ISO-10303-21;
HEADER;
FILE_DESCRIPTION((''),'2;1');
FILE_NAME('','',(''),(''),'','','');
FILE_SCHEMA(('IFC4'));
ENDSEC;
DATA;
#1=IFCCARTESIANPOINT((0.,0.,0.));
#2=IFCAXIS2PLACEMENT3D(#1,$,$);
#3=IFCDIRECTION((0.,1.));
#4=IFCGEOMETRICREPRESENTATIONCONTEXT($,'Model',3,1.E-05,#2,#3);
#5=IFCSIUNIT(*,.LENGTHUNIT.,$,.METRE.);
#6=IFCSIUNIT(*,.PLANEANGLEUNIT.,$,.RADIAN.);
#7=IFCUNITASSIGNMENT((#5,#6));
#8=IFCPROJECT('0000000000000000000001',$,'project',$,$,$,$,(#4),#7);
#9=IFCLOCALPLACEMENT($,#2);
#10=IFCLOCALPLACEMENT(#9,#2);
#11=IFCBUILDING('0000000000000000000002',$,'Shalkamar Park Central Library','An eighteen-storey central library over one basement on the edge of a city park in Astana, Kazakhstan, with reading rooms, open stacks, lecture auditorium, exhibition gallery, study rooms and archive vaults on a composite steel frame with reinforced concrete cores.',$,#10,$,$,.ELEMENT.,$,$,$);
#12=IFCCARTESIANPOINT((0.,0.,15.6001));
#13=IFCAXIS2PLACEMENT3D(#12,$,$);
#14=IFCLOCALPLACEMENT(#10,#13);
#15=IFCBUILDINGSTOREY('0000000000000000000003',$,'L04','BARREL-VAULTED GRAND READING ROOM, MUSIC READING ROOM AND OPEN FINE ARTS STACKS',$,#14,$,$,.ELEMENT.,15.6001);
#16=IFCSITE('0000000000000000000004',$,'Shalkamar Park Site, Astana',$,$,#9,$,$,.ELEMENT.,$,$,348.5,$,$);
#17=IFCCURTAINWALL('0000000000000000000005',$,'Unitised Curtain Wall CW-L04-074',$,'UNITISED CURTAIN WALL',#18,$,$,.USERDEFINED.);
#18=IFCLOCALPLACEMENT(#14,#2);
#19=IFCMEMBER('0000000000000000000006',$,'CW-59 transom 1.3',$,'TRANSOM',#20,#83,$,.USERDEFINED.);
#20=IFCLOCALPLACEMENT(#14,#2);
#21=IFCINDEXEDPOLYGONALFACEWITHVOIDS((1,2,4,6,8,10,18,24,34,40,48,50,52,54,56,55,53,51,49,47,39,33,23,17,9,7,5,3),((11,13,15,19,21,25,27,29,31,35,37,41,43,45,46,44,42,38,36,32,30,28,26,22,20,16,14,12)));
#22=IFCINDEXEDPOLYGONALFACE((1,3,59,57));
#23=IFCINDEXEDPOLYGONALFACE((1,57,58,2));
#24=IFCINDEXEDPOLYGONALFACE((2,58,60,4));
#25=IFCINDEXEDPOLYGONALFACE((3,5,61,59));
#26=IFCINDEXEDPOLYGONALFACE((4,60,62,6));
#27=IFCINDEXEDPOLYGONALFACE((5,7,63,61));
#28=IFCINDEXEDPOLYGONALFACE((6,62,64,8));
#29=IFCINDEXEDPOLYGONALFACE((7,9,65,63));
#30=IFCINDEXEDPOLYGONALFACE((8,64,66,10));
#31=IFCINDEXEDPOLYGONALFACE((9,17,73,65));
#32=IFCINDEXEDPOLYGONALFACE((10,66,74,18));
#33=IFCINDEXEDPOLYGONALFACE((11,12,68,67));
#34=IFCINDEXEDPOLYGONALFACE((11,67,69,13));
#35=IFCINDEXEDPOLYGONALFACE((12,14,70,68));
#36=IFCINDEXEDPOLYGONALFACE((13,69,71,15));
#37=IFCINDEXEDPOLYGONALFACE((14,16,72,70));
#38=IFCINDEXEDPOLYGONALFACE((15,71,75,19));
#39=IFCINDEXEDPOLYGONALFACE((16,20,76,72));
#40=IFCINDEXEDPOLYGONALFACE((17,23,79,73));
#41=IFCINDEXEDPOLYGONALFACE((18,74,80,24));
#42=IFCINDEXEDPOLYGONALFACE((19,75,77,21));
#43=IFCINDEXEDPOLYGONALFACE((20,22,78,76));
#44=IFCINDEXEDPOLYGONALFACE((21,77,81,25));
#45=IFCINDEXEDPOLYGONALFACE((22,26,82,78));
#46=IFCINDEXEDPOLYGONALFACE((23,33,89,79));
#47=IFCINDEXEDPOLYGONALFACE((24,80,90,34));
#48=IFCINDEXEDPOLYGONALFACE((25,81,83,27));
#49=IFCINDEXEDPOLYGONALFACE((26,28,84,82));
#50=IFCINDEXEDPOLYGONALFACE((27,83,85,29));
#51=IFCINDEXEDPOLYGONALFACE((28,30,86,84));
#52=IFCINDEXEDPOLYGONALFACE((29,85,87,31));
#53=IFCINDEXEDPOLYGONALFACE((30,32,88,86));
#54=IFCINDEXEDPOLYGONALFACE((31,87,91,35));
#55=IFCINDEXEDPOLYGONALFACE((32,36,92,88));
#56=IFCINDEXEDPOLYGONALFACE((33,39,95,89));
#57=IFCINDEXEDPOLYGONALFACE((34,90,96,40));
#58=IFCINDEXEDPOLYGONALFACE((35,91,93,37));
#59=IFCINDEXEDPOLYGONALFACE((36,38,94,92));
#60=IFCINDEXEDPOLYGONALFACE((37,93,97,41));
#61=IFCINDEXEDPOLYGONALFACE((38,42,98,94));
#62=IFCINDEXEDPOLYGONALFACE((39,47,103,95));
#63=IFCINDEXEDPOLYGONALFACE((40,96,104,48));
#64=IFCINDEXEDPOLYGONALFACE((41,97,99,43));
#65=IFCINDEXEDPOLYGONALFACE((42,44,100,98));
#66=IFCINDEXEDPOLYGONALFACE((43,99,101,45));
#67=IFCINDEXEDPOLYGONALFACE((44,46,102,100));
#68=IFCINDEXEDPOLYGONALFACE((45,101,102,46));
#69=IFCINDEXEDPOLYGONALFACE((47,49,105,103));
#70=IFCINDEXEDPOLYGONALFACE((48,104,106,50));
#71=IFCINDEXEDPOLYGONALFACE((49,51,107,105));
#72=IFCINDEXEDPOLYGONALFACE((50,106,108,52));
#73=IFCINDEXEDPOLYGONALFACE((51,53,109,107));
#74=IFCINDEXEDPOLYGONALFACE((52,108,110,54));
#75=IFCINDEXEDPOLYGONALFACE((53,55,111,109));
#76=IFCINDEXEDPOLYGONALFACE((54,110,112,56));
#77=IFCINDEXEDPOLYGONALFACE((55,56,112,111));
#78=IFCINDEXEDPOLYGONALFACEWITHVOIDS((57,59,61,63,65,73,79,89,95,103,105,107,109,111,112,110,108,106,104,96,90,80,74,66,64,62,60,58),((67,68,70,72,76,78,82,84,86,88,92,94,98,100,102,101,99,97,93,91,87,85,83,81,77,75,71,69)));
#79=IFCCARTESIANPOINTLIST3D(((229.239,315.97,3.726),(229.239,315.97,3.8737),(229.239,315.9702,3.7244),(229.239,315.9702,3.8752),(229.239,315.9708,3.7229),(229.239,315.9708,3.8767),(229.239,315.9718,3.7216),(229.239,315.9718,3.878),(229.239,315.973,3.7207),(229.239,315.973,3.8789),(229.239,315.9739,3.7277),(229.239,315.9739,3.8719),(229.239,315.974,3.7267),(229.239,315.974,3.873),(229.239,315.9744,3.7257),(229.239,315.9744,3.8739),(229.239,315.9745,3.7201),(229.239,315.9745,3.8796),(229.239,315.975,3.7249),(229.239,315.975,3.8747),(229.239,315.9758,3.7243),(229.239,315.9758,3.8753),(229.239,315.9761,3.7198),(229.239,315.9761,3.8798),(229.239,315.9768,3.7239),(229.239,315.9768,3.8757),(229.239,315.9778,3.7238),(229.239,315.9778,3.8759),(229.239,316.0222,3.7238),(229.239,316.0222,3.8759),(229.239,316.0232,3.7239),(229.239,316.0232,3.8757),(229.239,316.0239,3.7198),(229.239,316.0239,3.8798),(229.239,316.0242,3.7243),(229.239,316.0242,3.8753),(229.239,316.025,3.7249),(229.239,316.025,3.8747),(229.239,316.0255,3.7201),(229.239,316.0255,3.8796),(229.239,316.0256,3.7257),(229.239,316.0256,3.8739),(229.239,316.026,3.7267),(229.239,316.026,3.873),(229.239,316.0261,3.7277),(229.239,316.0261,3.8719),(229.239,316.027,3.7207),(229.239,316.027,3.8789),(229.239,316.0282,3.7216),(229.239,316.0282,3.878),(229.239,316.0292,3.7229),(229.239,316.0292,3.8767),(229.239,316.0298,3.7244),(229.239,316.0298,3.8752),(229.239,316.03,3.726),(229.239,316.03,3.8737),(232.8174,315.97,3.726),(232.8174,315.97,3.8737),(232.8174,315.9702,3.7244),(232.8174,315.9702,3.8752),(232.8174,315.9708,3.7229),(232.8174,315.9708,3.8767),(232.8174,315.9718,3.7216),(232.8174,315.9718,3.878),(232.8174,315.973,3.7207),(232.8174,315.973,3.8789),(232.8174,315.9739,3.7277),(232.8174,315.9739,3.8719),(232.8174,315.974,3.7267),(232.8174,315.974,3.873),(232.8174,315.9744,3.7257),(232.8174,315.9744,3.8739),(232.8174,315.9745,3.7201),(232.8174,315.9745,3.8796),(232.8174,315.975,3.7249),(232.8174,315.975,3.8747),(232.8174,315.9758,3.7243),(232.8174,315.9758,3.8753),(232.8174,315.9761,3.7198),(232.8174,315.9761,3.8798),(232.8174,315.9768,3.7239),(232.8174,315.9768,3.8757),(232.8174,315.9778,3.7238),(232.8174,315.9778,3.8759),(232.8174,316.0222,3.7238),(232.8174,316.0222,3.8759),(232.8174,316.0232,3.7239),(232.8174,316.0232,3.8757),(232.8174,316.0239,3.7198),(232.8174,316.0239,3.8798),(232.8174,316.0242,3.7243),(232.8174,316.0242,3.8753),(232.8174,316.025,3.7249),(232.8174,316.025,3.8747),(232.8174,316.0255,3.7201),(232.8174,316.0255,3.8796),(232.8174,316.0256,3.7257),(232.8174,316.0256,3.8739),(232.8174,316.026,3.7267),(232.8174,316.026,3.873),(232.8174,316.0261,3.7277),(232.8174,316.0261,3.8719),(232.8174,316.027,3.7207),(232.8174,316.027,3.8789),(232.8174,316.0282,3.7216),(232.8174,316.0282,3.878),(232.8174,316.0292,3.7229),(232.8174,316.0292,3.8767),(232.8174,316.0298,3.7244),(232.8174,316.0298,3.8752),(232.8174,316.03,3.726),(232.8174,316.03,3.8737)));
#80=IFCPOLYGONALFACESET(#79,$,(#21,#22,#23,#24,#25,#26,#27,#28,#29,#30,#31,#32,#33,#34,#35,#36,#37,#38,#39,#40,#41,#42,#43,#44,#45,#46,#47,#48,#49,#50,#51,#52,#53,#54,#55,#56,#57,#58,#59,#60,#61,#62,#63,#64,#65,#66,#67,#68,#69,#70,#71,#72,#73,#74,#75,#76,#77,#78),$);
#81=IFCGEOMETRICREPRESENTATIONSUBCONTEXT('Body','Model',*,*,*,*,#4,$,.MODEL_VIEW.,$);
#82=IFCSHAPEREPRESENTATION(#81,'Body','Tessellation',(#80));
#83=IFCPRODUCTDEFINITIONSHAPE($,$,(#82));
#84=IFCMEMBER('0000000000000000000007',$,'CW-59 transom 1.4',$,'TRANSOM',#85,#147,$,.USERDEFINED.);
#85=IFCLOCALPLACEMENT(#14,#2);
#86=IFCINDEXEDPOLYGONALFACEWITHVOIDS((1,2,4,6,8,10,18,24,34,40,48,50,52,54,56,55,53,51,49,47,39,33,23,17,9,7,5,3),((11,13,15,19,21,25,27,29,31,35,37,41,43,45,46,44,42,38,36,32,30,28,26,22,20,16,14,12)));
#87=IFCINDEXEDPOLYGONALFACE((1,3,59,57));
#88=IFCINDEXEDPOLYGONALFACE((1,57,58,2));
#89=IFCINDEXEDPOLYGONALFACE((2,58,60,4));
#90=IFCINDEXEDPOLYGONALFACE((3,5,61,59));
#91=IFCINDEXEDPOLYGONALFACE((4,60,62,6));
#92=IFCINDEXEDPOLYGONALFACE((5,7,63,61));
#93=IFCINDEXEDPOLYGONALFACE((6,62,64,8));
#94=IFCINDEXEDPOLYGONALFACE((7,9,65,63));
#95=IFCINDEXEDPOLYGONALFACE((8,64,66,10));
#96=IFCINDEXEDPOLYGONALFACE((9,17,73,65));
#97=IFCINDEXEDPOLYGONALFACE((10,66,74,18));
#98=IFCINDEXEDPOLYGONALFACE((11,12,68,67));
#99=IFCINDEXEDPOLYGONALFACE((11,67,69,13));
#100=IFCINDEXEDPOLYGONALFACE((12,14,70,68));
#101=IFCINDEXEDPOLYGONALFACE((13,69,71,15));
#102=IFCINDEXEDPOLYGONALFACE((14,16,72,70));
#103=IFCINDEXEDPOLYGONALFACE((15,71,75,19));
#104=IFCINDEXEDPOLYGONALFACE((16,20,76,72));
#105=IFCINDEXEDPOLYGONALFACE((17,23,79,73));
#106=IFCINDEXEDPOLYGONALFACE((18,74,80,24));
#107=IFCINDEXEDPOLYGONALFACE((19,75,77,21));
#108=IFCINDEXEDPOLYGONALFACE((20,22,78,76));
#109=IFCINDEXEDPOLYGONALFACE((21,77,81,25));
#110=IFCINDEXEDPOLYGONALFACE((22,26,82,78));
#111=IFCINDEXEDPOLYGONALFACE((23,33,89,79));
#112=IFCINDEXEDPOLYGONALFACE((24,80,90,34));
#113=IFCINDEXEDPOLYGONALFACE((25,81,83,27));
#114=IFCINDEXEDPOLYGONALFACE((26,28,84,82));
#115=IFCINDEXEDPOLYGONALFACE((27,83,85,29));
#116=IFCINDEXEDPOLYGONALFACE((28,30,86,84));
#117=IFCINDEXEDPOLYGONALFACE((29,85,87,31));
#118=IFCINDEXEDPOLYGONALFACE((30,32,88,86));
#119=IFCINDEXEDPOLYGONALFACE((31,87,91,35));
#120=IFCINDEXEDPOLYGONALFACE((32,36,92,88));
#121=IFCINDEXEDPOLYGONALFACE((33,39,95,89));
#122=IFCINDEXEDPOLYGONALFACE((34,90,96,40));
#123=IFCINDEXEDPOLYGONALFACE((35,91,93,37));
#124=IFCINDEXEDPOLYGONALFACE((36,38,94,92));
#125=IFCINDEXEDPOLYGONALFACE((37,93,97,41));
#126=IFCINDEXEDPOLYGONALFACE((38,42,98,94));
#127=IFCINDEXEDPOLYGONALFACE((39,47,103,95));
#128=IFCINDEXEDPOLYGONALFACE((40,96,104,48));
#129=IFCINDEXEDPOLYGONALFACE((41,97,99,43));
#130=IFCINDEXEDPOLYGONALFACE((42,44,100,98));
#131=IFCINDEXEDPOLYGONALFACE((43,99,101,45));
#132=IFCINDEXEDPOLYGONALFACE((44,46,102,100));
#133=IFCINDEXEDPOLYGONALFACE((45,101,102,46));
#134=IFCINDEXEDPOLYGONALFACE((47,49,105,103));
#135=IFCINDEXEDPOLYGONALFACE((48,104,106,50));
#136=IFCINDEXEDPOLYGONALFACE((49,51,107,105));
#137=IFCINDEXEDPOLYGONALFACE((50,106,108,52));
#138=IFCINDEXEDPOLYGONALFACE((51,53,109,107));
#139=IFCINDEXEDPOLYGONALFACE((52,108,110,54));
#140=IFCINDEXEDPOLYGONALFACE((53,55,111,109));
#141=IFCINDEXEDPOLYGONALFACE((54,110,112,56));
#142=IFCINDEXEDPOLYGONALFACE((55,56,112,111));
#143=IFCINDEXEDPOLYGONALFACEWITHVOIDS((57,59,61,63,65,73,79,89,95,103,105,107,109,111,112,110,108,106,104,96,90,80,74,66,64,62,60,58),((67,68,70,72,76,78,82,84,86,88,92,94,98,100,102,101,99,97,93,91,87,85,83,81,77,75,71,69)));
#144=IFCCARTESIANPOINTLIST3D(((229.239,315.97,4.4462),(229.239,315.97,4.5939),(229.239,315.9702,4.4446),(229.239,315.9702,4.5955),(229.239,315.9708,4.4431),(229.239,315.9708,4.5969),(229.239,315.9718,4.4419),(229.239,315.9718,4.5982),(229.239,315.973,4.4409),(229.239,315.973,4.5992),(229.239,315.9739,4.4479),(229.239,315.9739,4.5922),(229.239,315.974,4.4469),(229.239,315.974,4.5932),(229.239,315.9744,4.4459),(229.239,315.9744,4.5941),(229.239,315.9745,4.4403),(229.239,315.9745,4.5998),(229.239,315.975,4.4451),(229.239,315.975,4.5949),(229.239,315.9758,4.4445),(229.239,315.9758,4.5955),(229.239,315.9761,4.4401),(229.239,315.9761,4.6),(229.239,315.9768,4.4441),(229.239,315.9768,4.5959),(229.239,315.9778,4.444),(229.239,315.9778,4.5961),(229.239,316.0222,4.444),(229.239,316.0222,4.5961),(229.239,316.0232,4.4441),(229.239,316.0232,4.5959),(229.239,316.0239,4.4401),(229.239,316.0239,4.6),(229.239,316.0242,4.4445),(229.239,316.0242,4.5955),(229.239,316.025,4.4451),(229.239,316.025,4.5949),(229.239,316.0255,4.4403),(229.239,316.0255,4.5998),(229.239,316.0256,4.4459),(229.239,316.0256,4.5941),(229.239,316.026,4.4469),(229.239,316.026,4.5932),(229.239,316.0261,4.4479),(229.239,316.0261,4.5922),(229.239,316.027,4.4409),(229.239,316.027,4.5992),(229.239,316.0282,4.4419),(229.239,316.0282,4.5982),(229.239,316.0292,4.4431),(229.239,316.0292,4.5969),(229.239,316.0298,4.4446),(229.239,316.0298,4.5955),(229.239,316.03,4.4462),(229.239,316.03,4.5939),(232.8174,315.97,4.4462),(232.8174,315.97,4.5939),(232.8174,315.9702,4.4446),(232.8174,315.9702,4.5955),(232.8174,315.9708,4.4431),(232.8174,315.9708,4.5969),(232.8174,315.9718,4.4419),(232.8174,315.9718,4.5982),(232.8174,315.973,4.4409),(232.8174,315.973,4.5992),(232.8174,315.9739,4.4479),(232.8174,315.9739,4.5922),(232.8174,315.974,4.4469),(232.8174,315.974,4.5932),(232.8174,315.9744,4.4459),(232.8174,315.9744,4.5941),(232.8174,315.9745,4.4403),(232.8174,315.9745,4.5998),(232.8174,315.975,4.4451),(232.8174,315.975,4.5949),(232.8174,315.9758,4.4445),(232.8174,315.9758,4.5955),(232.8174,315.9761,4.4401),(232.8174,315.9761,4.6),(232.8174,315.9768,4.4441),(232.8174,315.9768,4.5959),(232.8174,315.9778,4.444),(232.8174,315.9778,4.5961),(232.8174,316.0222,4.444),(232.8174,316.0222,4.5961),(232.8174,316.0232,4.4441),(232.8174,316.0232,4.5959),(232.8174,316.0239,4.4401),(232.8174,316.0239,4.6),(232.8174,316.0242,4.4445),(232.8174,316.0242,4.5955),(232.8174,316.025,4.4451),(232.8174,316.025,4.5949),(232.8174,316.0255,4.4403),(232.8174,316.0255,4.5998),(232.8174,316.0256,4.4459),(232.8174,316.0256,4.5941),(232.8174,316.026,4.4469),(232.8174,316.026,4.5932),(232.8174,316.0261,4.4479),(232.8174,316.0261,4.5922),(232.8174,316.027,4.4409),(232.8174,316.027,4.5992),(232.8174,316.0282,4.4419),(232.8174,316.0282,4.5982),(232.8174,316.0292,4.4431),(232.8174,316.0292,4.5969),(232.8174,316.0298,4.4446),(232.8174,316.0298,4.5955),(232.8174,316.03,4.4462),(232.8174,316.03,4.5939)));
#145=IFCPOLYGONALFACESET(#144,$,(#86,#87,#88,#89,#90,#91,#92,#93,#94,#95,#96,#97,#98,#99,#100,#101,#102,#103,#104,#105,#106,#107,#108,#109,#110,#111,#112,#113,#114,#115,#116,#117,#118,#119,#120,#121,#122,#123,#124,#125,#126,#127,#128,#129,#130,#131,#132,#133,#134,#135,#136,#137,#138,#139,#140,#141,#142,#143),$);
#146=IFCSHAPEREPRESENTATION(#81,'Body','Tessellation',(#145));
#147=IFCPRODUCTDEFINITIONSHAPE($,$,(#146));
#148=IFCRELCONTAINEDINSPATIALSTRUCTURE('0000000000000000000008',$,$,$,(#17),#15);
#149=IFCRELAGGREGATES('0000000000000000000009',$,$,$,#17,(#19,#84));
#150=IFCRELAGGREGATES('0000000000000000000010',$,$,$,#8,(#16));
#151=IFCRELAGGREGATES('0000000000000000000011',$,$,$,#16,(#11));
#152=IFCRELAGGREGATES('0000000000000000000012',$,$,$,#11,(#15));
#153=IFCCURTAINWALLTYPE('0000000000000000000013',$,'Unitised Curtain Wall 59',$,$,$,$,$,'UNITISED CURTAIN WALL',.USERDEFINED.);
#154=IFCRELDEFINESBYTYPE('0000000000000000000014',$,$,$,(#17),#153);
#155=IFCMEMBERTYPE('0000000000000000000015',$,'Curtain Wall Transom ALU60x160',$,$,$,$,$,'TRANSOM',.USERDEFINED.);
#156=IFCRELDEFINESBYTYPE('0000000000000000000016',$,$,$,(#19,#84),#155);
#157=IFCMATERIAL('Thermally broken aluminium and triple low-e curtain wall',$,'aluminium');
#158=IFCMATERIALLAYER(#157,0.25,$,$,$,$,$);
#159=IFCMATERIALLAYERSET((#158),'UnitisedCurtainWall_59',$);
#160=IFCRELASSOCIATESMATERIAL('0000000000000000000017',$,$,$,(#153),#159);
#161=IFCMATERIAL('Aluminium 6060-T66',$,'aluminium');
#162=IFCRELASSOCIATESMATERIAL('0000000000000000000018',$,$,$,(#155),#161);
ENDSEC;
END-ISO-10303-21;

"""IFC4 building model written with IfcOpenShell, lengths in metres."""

from ifc_helpers import new_model, si_unit, direction, frame, origin, origin_2d, place, context, subcontext, project, spatial, hollow_rectangle, extrude, material, layer, layer_set, material_profile, profile_set, type_object, element, aggregate, save


model = new_model("IFC4")

# Units and contexts
model_context = context("Model", 3, precision=1e-05, world=origin(), true_north=direction((0.0, 1.0)))
body_context = subcontext(model_context, "Body", "Model", "MODEL_VIEW")
ifc_project = project(units=[si_unit("LENGTHUNIT", "METRE"), si_unit("PLANEANGLEUNIT", "RADIAN")], contexts=[model_context])

# Site, building, storey
site_placement = place(None, origin())
site = spatial("IfcSite", under=ifc_project, at=site_placement, Name="Shalkamar Park Site, Astana", CompositionType="ELEMENT", RefElevation=348.5)
building_placement = place(site_placement, origin())
building = spatial("IfcBuilding", under=site, at=building_placement, Name="Shalkamar Park Central Library", Description="An eighteen-storey central library over one basement on the edge of a city park in Astana, Kazakhstan, with reading rooms, open stacks, lecture auditorium, exhibition gallery, study rooms and archive vaults on a composite steel frame with reinforced concrete cores.", CompositionType="ELEMENT")
storey_placement = place(building_placement, frame((0.0, 0.0, 15.6001)))
storey = spatial("IfcBuildingStorey", under=building, at=storey_placement, Name="L04", Description="BARREL-VAULTED GRAND READING ROOM, MUSIC READING ROOM AND OPEN FINE ARTS STACKS", CompositionType="ELEMENT", Elevation=15.6001)

# Curtain wall
ifc_material_1 = material(Name="Thermally broken aluminium and triple low-e curtain wall", Category="aluminium")
ifc_layer_1 = layer(ifc_material_1, 0.25)
ifc_layer_set_1 = layer_set([ifc_layer_1], Name="UnitisedCurtainWall_59")
curtain_wall_type_1 = type_object("IfcCurtainWallType", Name="Unitised Curtain Wall 59", ElementType="UNITISED CURTAIN WALL", PredefinedType="USERDEFINED", material=ifc_layer_set_1)
curtain_wall_1_placement = place(storey_placement, origin())
curtain_wall_1 = element("IfcCurtainWall", 1, at=curtain_wall_1_placement, inside=storey, type_object=curtain_wall_type_1, Name="Unitised Curtain Wall CW-L04-074", ObjectType="UNITISED CURTAIN WALL", PredefinedType="USERDEFINED")
ifc_material_2 = material(Name="Aluminium 6060-T66", Category="aluminium")

# Members
ifc_material_profile_1 = material_profile(ifc_material_2, hollow_rectangle(XDim=0.0601, YDim=0.1599, WallThickness=0.0039, InnerFilletRadius=0.0039, OuterFilletRadius=0.0061, at=origin_2d()), Name="ALU 60x160x4")
ifc_profile_set_1 = profile_set([ifc_material_profile_1], Name="Aluminium 6060-T66")
member_type_1 = type_object("IfcMemberType", Name="Curtain Wall Transom ALU60x160", ElementType="TRANSOM", PredefinedType="USERDEFINED", material=ifc_profile_set_1)
member_1_placement = place(storey_placement, frame((229.239, 316.0, 3.7998), z_axis=(1.0, 0.0, 0.0), x_axis=(0.0, 1.0, 0.0)))
member_1 = element("IfcMember", 2, at=member_1_placement, type_object=member_type_1, Name="CW-59 transom 1.3", ObjectType="TRANSOM", PredefinedType="USERDEFINED", context=body_context, shape_type="SweptSolid", body=[
    extrude(hollow_rectangle(XDim=0.0601, YDim=0.1599, WallThickness=0.0039, InnerFilletRadius=0.0039, OuterFilletRadius=0.0061, at=origin_2d()), origin(), (0.0, 0.0, 1.0), 3.5784),
])
member_2_placement = place(storey_placement, frame((229.239, 316.0, 4.52), z_axis=(1.0, 0.0, 0.0), x_axis=(0.0, 1.0, 0.0)))
member_2 = element("IfcMember", 3, at=member_2_placement, type_object=member_type_1, Name="CW-59 transom 1.4", ObjectType="TRANSOM", PredefinedType="USERDEFINED", context=body_context, shape_type="SweptSolid", body=[
    extrude(hollow_rectangle(XDim=0.0601, YDim=0.1599, WallThickness=0.0039, InnerFilletRadius=0.0039, OuterFilletRadius=0.0061, at=origin_2d()), origin(), (0.0, 0.0, 1.0), 3.5784),
])

aggregate(curtain_wall_1, [member_1, member_2])

save(model, "model.ifc")
